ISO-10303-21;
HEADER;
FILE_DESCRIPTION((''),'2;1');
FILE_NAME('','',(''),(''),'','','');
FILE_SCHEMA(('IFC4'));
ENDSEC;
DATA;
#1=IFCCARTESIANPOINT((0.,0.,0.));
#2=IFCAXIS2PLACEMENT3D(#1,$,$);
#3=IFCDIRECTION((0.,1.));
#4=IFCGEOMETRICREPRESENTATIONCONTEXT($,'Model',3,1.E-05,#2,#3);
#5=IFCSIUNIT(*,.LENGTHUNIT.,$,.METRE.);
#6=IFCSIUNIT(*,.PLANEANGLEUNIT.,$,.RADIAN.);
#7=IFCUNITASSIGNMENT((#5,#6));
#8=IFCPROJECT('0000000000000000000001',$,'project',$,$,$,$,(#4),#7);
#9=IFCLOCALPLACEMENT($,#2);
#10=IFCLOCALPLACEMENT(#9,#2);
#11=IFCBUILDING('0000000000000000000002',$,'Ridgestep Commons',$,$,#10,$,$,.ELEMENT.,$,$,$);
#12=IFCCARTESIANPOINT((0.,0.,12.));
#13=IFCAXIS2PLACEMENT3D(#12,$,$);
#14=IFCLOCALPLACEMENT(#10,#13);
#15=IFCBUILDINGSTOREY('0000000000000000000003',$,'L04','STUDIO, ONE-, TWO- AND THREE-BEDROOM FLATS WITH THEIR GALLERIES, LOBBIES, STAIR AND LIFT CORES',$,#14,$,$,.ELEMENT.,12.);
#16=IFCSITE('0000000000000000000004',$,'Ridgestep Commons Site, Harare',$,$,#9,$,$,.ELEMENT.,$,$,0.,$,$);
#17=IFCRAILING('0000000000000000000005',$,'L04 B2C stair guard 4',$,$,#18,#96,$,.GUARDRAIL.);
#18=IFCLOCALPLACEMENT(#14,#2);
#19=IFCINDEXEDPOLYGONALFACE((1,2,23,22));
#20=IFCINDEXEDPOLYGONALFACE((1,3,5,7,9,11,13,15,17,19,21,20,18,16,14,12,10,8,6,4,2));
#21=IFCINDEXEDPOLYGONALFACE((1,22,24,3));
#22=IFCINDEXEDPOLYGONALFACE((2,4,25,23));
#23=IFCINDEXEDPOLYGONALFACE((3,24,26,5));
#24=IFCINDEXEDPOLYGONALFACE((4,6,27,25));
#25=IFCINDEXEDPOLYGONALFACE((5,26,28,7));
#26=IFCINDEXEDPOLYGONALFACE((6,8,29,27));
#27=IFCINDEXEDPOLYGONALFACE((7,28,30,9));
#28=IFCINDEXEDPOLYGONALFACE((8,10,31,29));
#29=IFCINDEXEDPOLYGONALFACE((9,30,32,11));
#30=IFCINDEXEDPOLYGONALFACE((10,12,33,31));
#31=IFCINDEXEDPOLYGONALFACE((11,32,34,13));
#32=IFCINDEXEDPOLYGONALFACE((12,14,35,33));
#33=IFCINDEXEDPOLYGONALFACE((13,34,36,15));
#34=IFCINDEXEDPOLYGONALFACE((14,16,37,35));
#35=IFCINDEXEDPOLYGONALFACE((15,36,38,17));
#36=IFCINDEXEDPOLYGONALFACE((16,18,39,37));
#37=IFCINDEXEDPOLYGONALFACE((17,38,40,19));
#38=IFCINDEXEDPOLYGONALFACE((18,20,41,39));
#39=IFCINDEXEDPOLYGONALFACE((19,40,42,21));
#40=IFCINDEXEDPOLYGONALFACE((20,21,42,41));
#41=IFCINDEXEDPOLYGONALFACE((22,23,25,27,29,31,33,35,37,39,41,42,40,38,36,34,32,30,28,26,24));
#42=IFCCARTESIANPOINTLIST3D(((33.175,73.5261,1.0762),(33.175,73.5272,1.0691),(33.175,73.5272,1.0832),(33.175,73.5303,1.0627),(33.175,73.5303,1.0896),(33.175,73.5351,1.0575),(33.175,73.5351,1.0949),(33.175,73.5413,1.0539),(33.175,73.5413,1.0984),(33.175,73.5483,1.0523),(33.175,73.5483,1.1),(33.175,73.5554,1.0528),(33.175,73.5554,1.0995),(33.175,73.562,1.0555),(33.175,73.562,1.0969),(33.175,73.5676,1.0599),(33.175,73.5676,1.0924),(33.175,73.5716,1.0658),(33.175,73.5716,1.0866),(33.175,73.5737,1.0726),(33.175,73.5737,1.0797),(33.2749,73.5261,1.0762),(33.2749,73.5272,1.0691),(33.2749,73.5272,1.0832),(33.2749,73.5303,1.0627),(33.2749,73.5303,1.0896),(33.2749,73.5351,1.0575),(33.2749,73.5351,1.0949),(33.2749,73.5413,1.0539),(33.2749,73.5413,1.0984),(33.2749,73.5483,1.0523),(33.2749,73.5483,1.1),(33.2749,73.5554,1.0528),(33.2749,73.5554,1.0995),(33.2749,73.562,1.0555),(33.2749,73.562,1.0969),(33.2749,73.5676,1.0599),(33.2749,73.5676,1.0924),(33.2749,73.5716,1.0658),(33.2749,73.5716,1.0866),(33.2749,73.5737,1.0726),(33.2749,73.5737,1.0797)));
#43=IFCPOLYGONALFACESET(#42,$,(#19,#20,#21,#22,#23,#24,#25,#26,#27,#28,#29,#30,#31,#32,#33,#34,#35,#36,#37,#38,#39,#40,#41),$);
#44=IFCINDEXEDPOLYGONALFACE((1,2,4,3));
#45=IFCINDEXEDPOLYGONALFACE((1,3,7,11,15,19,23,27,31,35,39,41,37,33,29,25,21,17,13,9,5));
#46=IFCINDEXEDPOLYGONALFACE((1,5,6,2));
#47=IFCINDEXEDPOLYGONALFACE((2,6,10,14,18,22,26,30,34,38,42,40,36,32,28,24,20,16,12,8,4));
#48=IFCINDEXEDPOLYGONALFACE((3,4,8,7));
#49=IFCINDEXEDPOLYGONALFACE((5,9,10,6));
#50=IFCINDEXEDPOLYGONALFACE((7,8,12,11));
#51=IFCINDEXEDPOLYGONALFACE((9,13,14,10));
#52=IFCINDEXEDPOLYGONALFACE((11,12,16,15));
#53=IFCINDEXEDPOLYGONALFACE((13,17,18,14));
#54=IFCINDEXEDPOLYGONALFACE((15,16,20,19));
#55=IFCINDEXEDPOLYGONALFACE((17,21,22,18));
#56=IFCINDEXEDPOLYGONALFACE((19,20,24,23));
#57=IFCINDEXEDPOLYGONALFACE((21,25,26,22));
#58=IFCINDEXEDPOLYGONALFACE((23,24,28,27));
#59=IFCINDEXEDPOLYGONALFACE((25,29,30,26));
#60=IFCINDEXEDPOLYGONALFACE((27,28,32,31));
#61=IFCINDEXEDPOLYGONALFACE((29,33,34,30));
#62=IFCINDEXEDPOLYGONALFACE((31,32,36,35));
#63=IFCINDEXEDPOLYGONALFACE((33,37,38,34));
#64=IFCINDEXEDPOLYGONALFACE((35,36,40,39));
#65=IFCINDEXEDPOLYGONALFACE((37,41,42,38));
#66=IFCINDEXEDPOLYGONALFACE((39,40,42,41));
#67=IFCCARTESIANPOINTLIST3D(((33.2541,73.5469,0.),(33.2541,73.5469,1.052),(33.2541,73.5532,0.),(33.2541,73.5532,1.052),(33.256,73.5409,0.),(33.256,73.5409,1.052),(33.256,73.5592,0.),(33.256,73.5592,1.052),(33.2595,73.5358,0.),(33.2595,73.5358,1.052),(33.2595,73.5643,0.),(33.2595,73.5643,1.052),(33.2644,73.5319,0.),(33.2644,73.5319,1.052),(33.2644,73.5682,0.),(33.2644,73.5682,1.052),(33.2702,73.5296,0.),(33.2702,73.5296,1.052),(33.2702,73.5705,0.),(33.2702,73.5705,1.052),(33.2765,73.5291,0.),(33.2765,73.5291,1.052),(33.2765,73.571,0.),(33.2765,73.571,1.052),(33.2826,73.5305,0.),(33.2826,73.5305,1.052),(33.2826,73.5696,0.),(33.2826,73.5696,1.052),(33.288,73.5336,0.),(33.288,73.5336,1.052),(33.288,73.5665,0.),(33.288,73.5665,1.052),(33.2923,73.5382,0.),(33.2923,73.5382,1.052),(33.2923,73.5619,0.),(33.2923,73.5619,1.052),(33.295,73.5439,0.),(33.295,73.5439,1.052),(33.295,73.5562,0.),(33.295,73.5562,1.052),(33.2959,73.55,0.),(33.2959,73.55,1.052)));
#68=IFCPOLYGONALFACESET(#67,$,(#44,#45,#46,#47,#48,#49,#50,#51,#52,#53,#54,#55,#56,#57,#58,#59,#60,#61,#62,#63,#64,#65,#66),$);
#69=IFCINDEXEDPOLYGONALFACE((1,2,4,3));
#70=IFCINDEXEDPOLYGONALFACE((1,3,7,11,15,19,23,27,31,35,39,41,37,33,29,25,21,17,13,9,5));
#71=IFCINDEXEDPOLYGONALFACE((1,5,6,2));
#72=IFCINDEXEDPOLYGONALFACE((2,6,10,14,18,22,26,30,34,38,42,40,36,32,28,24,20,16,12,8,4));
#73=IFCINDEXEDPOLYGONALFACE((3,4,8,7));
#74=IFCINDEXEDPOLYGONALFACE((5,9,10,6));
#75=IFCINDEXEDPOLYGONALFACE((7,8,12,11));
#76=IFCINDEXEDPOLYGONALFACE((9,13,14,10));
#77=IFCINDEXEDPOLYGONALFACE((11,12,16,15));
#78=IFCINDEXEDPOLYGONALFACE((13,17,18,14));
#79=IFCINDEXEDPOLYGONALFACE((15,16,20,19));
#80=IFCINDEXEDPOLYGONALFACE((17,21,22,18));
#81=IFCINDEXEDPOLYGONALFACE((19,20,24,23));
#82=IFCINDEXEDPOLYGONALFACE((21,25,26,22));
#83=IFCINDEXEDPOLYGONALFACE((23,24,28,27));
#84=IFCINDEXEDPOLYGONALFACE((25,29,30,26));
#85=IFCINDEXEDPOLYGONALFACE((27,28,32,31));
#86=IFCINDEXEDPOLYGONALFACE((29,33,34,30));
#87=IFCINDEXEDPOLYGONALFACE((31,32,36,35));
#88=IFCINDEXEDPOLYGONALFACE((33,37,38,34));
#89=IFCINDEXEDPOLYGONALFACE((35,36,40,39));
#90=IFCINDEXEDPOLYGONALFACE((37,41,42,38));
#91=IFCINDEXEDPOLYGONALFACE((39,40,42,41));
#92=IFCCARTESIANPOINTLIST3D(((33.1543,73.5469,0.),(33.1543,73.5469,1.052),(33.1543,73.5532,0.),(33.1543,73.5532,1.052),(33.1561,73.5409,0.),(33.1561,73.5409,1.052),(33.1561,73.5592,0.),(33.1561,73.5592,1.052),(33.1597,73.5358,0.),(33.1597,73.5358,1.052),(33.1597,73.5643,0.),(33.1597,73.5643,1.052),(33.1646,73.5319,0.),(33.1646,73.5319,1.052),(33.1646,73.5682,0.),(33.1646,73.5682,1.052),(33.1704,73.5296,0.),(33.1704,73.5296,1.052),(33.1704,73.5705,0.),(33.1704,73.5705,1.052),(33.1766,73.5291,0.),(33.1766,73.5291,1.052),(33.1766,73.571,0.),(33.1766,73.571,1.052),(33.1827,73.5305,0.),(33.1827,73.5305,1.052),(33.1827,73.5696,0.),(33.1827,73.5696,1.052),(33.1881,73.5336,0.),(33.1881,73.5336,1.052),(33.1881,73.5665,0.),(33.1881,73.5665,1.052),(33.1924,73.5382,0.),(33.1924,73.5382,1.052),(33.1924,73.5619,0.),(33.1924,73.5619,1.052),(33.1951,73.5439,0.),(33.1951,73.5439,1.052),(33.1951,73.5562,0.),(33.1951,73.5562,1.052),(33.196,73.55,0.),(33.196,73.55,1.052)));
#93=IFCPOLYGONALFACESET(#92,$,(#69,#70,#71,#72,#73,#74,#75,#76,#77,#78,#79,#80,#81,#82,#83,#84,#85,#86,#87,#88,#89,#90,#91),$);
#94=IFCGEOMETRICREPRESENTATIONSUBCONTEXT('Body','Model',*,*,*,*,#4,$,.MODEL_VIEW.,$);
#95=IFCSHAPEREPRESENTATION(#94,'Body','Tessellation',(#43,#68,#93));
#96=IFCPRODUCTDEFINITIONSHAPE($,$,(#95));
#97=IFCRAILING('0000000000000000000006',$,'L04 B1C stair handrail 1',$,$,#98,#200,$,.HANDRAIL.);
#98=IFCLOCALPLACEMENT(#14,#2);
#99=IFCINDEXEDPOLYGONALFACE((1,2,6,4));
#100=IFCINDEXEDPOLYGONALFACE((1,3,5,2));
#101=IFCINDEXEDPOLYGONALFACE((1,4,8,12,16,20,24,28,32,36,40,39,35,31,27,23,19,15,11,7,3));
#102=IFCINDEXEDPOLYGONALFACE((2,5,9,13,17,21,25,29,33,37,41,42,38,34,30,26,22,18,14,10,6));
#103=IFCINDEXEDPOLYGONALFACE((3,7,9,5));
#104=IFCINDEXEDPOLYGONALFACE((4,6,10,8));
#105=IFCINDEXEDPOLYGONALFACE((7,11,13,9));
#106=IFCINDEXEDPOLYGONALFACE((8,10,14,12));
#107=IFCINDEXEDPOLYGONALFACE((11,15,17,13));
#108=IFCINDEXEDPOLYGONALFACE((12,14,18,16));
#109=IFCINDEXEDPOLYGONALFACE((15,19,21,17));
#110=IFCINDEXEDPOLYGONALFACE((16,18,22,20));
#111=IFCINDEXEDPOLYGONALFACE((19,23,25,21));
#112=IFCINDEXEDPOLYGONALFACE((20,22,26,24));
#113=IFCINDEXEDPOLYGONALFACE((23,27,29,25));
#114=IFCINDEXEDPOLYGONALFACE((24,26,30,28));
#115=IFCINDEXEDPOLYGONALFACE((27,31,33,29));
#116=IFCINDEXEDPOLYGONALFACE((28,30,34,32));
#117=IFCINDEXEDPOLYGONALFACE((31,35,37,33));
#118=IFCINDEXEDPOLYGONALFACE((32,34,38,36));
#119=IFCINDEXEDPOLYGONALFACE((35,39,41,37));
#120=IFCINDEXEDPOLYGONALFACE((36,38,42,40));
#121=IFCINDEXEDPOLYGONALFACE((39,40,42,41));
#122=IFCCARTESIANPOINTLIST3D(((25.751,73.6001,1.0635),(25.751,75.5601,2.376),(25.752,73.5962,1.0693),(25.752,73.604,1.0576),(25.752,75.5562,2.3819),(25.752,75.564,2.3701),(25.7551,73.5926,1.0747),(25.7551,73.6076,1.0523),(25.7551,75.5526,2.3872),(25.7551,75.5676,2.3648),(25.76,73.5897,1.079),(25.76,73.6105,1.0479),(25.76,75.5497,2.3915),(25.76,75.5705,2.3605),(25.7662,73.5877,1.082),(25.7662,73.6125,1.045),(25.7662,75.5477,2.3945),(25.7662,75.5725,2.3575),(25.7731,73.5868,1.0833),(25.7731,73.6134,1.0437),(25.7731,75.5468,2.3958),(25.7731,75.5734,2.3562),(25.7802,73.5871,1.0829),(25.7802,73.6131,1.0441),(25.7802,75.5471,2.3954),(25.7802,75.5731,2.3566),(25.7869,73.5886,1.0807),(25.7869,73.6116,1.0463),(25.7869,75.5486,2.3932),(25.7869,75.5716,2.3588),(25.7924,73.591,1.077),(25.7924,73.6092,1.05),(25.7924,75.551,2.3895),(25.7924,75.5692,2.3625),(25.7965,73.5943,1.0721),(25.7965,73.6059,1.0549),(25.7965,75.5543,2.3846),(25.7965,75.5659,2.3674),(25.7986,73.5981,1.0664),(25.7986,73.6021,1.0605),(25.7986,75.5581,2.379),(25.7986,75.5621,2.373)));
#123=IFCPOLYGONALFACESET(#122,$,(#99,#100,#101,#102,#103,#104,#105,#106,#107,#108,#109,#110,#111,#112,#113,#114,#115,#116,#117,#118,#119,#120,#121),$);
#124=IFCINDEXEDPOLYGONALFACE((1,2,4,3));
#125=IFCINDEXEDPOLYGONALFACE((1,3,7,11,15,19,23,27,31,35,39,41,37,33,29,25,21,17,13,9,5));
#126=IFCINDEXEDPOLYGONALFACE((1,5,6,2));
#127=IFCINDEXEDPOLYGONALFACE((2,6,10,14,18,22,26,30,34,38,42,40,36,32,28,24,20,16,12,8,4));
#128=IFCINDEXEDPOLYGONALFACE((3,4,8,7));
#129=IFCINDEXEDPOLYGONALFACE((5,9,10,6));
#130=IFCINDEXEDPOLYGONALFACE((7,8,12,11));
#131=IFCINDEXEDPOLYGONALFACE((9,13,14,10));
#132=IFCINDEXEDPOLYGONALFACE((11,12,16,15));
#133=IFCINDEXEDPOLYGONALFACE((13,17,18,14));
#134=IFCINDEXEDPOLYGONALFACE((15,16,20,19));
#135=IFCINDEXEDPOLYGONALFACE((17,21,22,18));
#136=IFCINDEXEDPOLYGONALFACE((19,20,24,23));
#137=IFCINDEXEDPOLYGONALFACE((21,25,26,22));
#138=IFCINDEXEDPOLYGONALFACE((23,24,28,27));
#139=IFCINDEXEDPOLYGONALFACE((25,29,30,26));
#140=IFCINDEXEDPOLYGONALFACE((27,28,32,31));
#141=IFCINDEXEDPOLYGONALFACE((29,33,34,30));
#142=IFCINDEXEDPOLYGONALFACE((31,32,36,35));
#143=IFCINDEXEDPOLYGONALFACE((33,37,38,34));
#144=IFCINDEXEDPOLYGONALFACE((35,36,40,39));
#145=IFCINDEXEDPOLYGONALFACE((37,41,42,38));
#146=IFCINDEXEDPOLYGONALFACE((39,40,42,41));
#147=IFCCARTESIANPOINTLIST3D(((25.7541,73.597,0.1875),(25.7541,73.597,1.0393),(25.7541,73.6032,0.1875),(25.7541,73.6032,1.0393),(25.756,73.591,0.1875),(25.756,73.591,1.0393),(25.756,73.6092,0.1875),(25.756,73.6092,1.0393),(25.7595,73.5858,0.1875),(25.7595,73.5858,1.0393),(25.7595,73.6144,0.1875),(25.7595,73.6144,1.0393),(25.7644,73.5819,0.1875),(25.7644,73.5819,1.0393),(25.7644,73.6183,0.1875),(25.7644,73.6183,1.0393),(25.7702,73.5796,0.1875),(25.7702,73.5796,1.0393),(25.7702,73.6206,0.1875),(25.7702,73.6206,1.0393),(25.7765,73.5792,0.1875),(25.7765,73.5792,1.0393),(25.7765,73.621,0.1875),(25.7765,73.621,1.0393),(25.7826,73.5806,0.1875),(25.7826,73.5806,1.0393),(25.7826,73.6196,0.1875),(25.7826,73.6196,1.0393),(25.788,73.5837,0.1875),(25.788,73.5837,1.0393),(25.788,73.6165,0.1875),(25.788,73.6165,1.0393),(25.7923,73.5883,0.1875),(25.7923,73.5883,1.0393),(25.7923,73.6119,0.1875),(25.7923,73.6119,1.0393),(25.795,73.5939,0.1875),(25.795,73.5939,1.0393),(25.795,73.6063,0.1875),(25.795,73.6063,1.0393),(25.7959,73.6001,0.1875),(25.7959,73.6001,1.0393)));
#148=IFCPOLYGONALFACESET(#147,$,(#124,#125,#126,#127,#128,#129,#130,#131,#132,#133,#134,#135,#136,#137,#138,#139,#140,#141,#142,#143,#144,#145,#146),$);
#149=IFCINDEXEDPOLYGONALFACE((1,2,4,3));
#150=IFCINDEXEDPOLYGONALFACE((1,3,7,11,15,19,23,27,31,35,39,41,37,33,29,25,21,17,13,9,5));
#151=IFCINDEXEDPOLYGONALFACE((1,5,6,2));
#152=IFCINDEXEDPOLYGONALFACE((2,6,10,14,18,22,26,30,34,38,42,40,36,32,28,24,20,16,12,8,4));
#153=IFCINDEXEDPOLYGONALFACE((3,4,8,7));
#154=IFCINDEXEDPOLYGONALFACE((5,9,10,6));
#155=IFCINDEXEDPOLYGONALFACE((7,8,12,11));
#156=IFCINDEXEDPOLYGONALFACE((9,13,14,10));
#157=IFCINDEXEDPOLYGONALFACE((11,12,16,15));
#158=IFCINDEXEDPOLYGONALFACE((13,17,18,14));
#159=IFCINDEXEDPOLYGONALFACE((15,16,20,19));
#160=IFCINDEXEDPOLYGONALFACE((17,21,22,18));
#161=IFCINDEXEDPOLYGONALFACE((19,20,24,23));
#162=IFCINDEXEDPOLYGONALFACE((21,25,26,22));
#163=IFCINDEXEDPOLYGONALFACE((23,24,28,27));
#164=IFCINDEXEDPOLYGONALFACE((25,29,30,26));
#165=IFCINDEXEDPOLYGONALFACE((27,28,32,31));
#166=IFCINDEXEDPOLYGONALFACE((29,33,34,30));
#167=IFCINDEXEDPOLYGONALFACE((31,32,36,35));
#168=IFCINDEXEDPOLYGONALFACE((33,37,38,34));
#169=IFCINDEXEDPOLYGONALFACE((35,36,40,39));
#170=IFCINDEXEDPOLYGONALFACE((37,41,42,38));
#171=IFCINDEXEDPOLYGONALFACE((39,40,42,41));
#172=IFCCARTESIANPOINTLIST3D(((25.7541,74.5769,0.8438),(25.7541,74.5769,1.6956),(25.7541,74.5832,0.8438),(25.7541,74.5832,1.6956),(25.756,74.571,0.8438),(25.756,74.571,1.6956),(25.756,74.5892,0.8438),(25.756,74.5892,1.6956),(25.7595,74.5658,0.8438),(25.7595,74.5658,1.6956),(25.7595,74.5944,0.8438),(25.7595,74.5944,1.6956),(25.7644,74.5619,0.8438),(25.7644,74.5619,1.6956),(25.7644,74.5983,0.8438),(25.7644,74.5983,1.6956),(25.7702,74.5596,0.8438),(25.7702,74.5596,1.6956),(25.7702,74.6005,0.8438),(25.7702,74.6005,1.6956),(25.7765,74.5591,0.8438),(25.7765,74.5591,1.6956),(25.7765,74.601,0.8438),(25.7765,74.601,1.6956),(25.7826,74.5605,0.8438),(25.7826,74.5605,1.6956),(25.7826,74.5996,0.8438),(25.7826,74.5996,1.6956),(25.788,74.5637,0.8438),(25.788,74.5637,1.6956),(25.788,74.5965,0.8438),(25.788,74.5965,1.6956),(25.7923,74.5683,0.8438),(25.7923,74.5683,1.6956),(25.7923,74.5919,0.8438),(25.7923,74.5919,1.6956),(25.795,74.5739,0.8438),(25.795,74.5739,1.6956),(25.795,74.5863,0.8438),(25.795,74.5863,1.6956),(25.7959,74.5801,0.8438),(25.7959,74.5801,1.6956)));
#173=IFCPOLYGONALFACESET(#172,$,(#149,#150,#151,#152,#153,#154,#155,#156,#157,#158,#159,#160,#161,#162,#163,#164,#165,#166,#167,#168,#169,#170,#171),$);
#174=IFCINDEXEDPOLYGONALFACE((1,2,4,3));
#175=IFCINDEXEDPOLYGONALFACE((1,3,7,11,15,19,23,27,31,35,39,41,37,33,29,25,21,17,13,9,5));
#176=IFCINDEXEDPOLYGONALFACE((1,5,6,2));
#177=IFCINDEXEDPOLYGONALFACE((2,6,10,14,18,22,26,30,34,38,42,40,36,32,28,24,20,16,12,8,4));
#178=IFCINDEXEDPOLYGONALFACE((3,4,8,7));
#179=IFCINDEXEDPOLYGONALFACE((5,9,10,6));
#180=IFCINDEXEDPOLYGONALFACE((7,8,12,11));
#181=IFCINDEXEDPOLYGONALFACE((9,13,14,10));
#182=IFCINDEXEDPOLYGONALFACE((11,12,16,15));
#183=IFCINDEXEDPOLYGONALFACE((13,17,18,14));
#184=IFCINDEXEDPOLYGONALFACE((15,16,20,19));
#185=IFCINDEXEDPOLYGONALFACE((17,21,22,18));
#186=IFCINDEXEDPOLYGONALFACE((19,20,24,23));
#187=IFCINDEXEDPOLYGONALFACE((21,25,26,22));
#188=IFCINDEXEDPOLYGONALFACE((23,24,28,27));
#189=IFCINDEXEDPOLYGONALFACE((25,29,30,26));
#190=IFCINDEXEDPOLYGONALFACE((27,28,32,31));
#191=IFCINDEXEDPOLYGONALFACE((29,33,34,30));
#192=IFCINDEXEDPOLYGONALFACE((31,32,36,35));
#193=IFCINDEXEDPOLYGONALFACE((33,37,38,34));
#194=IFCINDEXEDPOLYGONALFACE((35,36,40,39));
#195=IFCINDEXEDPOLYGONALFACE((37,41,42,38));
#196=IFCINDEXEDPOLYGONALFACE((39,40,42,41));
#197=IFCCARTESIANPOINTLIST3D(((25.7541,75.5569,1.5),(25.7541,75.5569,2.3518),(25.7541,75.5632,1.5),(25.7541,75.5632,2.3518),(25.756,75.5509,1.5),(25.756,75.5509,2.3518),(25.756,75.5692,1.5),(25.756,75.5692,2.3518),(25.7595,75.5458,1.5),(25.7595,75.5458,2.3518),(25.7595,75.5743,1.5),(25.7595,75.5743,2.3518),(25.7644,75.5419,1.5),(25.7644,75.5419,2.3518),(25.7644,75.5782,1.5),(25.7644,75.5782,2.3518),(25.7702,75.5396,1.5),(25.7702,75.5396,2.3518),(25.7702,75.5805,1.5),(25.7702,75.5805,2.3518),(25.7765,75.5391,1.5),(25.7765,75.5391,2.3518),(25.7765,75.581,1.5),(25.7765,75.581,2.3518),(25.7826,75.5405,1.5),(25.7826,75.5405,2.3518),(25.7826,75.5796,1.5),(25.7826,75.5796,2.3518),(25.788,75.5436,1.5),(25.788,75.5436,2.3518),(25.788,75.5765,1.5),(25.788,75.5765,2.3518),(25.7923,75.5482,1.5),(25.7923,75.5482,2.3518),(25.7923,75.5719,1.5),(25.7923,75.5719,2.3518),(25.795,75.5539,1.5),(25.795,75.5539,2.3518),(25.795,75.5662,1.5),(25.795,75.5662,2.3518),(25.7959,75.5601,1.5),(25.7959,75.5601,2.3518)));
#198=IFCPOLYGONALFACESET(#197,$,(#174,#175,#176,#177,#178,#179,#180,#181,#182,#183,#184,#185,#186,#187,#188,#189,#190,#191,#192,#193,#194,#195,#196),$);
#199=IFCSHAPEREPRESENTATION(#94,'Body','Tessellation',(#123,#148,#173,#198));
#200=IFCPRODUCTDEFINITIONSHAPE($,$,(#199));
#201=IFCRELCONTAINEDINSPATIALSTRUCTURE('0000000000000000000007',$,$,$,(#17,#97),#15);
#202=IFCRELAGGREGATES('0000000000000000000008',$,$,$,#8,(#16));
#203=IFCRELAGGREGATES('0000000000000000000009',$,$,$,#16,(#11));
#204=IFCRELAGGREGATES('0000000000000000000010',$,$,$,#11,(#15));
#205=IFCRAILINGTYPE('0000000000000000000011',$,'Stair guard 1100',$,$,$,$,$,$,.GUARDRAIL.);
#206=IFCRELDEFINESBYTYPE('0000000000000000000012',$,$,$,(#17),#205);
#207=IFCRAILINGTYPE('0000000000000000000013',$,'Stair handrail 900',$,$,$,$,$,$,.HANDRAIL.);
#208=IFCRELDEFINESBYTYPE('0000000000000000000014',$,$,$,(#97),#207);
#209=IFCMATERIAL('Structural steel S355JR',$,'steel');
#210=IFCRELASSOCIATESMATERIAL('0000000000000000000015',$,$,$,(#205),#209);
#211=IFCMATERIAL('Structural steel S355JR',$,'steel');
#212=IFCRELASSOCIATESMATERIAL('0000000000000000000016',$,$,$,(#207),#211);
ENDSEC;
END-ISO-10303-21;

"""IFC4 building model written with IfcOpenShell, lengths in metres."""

from ifc_helpers import new_model, si_unit, direction, frame, origin, origin_2d, place, context, subcontext, project, spatial, circle, extrude, material, type_object, element, save


model = new_model("IFC4")

# Units and contexts
model_context = context("Model", 3, precision=1e-05, world=origin(), true_north=direction((0.0, 1.0)))
body_context = subcontext(model_context, "Body", "Model", "MODEL_VIEW")
ifc_project = project(units=[si_unit("LENGTHUNIT", "METRE"), si_unit("PLANEANGLEUNIT", "RADIAN")], contexts=[model_context])

# Site, building, storey
site_placement = place(None, origin())
site = spatial("IfcSite", under=ifc_project, at=site_placement, Name="Ridgestep Commons Site, Harare", CompositionType="ELEMENT", RefElevation=0.0)
building_placement = place(site_placement, origin())
building = spatial("IfcBuilding", under=site, at=building_placement, Name="Ridgestep Commons", CompositionType="ELEMENT")
storey_placement = place(building_placement, frame((0.0, 0.0, 12.0)))
storey = spatial("IfcBuildingStorey", under=building, at=storey_placement, Name="L04", Description="STUDIO, ONE-, TWO- AND THREE-BEDROOM FLATS WITH THEIR GALLERIES, LOBBIES, STAIR AND LIFT CORES", CompositionType="ELEMENT", Elevation=12.0)

# Railings
ifc_material_1 = material(Name="Structural steel S355JR", Category="steel")
railing_type_1 = type_object("IfcRailingType", Name="Stair guard 1100", PredefinedType="GUARDRAIL", material=ifc_material_1)
railing_1_placement = place(storey_placement, frame((33.2749, 73.55, 0.0)))
element("IfcRailing", 1, at=railing_1_placement, inside=storey, type_object=railing_type_1, Name="L04 B2C stair guard 4", PredefinedType="GUARDRAIL", context=body_context, shape_type="SweptSolid", body=[
    extrude(circle(Radius=0.0239, at=origin_2d()), frame((0.0, 0.0, 1.0762), z_axis=(-1.0, 0.0, 0.0), x_axis=(0.0, -1.0, 0.0)), (0.0, 0.0, 1.0), 0.0999),
    extrude(circle(Radius=0.021, at=origin_2d()), origin(), (0.0, 0.0, 1.0), 1.052),
    extrude(circle(Radius=0.021, at=origin_2d()), frame((-0.0999, 0.0, 0.0)), (0.0, 0.0, 1.0), 1.052),
])
ifc_material_2 = material(Name="Structural steel S355JR", Category="steel")
railing_type_2 = type_object("IfcRailingType", Name="Stair handrail 900", PredefinedType="HANDRAIL", material=ifc_material_2)
railing_2_placement = place(storey_placement, frame((25.7749, 73.6001, 0.1875)))
element("IfcRailing", 2, at=railing_2_placement, inside=storey, type_object=railing_type_2, Name="L04 B1C stair handrail 1", PredefinedType="HANDRAIL", context=body_context, shape_type="SweptSolid", body=[
    extrude(circle(Radius=0.0239, at=origin_2d()), frame((0.0, 0.0, 0.876), z_axis=(0.0, 0.830902, 0.556419), x_axis=(-1.0, 0.0, 0.0)), (0.0, 0.0, 1.0), 2.3589),
    extrude(circle(Radius=0.021, at=origin_2d()), origin(), (0.0, 0.0, 1.0), 0.8518),
    extrude(circle(Radius=0.021, at=origin_2d()), frame((0.0, 0.98, 0.6562)), (0.0, 0.0, 1.0), 0.8518),
    extrude(circle(Radius=0.021, at=origin_2d()), frame((0.0, 1.96, 1.3125)), (0.0, 0.0, 1.0), 0.8518),
])

save(model, "model.ifc")
